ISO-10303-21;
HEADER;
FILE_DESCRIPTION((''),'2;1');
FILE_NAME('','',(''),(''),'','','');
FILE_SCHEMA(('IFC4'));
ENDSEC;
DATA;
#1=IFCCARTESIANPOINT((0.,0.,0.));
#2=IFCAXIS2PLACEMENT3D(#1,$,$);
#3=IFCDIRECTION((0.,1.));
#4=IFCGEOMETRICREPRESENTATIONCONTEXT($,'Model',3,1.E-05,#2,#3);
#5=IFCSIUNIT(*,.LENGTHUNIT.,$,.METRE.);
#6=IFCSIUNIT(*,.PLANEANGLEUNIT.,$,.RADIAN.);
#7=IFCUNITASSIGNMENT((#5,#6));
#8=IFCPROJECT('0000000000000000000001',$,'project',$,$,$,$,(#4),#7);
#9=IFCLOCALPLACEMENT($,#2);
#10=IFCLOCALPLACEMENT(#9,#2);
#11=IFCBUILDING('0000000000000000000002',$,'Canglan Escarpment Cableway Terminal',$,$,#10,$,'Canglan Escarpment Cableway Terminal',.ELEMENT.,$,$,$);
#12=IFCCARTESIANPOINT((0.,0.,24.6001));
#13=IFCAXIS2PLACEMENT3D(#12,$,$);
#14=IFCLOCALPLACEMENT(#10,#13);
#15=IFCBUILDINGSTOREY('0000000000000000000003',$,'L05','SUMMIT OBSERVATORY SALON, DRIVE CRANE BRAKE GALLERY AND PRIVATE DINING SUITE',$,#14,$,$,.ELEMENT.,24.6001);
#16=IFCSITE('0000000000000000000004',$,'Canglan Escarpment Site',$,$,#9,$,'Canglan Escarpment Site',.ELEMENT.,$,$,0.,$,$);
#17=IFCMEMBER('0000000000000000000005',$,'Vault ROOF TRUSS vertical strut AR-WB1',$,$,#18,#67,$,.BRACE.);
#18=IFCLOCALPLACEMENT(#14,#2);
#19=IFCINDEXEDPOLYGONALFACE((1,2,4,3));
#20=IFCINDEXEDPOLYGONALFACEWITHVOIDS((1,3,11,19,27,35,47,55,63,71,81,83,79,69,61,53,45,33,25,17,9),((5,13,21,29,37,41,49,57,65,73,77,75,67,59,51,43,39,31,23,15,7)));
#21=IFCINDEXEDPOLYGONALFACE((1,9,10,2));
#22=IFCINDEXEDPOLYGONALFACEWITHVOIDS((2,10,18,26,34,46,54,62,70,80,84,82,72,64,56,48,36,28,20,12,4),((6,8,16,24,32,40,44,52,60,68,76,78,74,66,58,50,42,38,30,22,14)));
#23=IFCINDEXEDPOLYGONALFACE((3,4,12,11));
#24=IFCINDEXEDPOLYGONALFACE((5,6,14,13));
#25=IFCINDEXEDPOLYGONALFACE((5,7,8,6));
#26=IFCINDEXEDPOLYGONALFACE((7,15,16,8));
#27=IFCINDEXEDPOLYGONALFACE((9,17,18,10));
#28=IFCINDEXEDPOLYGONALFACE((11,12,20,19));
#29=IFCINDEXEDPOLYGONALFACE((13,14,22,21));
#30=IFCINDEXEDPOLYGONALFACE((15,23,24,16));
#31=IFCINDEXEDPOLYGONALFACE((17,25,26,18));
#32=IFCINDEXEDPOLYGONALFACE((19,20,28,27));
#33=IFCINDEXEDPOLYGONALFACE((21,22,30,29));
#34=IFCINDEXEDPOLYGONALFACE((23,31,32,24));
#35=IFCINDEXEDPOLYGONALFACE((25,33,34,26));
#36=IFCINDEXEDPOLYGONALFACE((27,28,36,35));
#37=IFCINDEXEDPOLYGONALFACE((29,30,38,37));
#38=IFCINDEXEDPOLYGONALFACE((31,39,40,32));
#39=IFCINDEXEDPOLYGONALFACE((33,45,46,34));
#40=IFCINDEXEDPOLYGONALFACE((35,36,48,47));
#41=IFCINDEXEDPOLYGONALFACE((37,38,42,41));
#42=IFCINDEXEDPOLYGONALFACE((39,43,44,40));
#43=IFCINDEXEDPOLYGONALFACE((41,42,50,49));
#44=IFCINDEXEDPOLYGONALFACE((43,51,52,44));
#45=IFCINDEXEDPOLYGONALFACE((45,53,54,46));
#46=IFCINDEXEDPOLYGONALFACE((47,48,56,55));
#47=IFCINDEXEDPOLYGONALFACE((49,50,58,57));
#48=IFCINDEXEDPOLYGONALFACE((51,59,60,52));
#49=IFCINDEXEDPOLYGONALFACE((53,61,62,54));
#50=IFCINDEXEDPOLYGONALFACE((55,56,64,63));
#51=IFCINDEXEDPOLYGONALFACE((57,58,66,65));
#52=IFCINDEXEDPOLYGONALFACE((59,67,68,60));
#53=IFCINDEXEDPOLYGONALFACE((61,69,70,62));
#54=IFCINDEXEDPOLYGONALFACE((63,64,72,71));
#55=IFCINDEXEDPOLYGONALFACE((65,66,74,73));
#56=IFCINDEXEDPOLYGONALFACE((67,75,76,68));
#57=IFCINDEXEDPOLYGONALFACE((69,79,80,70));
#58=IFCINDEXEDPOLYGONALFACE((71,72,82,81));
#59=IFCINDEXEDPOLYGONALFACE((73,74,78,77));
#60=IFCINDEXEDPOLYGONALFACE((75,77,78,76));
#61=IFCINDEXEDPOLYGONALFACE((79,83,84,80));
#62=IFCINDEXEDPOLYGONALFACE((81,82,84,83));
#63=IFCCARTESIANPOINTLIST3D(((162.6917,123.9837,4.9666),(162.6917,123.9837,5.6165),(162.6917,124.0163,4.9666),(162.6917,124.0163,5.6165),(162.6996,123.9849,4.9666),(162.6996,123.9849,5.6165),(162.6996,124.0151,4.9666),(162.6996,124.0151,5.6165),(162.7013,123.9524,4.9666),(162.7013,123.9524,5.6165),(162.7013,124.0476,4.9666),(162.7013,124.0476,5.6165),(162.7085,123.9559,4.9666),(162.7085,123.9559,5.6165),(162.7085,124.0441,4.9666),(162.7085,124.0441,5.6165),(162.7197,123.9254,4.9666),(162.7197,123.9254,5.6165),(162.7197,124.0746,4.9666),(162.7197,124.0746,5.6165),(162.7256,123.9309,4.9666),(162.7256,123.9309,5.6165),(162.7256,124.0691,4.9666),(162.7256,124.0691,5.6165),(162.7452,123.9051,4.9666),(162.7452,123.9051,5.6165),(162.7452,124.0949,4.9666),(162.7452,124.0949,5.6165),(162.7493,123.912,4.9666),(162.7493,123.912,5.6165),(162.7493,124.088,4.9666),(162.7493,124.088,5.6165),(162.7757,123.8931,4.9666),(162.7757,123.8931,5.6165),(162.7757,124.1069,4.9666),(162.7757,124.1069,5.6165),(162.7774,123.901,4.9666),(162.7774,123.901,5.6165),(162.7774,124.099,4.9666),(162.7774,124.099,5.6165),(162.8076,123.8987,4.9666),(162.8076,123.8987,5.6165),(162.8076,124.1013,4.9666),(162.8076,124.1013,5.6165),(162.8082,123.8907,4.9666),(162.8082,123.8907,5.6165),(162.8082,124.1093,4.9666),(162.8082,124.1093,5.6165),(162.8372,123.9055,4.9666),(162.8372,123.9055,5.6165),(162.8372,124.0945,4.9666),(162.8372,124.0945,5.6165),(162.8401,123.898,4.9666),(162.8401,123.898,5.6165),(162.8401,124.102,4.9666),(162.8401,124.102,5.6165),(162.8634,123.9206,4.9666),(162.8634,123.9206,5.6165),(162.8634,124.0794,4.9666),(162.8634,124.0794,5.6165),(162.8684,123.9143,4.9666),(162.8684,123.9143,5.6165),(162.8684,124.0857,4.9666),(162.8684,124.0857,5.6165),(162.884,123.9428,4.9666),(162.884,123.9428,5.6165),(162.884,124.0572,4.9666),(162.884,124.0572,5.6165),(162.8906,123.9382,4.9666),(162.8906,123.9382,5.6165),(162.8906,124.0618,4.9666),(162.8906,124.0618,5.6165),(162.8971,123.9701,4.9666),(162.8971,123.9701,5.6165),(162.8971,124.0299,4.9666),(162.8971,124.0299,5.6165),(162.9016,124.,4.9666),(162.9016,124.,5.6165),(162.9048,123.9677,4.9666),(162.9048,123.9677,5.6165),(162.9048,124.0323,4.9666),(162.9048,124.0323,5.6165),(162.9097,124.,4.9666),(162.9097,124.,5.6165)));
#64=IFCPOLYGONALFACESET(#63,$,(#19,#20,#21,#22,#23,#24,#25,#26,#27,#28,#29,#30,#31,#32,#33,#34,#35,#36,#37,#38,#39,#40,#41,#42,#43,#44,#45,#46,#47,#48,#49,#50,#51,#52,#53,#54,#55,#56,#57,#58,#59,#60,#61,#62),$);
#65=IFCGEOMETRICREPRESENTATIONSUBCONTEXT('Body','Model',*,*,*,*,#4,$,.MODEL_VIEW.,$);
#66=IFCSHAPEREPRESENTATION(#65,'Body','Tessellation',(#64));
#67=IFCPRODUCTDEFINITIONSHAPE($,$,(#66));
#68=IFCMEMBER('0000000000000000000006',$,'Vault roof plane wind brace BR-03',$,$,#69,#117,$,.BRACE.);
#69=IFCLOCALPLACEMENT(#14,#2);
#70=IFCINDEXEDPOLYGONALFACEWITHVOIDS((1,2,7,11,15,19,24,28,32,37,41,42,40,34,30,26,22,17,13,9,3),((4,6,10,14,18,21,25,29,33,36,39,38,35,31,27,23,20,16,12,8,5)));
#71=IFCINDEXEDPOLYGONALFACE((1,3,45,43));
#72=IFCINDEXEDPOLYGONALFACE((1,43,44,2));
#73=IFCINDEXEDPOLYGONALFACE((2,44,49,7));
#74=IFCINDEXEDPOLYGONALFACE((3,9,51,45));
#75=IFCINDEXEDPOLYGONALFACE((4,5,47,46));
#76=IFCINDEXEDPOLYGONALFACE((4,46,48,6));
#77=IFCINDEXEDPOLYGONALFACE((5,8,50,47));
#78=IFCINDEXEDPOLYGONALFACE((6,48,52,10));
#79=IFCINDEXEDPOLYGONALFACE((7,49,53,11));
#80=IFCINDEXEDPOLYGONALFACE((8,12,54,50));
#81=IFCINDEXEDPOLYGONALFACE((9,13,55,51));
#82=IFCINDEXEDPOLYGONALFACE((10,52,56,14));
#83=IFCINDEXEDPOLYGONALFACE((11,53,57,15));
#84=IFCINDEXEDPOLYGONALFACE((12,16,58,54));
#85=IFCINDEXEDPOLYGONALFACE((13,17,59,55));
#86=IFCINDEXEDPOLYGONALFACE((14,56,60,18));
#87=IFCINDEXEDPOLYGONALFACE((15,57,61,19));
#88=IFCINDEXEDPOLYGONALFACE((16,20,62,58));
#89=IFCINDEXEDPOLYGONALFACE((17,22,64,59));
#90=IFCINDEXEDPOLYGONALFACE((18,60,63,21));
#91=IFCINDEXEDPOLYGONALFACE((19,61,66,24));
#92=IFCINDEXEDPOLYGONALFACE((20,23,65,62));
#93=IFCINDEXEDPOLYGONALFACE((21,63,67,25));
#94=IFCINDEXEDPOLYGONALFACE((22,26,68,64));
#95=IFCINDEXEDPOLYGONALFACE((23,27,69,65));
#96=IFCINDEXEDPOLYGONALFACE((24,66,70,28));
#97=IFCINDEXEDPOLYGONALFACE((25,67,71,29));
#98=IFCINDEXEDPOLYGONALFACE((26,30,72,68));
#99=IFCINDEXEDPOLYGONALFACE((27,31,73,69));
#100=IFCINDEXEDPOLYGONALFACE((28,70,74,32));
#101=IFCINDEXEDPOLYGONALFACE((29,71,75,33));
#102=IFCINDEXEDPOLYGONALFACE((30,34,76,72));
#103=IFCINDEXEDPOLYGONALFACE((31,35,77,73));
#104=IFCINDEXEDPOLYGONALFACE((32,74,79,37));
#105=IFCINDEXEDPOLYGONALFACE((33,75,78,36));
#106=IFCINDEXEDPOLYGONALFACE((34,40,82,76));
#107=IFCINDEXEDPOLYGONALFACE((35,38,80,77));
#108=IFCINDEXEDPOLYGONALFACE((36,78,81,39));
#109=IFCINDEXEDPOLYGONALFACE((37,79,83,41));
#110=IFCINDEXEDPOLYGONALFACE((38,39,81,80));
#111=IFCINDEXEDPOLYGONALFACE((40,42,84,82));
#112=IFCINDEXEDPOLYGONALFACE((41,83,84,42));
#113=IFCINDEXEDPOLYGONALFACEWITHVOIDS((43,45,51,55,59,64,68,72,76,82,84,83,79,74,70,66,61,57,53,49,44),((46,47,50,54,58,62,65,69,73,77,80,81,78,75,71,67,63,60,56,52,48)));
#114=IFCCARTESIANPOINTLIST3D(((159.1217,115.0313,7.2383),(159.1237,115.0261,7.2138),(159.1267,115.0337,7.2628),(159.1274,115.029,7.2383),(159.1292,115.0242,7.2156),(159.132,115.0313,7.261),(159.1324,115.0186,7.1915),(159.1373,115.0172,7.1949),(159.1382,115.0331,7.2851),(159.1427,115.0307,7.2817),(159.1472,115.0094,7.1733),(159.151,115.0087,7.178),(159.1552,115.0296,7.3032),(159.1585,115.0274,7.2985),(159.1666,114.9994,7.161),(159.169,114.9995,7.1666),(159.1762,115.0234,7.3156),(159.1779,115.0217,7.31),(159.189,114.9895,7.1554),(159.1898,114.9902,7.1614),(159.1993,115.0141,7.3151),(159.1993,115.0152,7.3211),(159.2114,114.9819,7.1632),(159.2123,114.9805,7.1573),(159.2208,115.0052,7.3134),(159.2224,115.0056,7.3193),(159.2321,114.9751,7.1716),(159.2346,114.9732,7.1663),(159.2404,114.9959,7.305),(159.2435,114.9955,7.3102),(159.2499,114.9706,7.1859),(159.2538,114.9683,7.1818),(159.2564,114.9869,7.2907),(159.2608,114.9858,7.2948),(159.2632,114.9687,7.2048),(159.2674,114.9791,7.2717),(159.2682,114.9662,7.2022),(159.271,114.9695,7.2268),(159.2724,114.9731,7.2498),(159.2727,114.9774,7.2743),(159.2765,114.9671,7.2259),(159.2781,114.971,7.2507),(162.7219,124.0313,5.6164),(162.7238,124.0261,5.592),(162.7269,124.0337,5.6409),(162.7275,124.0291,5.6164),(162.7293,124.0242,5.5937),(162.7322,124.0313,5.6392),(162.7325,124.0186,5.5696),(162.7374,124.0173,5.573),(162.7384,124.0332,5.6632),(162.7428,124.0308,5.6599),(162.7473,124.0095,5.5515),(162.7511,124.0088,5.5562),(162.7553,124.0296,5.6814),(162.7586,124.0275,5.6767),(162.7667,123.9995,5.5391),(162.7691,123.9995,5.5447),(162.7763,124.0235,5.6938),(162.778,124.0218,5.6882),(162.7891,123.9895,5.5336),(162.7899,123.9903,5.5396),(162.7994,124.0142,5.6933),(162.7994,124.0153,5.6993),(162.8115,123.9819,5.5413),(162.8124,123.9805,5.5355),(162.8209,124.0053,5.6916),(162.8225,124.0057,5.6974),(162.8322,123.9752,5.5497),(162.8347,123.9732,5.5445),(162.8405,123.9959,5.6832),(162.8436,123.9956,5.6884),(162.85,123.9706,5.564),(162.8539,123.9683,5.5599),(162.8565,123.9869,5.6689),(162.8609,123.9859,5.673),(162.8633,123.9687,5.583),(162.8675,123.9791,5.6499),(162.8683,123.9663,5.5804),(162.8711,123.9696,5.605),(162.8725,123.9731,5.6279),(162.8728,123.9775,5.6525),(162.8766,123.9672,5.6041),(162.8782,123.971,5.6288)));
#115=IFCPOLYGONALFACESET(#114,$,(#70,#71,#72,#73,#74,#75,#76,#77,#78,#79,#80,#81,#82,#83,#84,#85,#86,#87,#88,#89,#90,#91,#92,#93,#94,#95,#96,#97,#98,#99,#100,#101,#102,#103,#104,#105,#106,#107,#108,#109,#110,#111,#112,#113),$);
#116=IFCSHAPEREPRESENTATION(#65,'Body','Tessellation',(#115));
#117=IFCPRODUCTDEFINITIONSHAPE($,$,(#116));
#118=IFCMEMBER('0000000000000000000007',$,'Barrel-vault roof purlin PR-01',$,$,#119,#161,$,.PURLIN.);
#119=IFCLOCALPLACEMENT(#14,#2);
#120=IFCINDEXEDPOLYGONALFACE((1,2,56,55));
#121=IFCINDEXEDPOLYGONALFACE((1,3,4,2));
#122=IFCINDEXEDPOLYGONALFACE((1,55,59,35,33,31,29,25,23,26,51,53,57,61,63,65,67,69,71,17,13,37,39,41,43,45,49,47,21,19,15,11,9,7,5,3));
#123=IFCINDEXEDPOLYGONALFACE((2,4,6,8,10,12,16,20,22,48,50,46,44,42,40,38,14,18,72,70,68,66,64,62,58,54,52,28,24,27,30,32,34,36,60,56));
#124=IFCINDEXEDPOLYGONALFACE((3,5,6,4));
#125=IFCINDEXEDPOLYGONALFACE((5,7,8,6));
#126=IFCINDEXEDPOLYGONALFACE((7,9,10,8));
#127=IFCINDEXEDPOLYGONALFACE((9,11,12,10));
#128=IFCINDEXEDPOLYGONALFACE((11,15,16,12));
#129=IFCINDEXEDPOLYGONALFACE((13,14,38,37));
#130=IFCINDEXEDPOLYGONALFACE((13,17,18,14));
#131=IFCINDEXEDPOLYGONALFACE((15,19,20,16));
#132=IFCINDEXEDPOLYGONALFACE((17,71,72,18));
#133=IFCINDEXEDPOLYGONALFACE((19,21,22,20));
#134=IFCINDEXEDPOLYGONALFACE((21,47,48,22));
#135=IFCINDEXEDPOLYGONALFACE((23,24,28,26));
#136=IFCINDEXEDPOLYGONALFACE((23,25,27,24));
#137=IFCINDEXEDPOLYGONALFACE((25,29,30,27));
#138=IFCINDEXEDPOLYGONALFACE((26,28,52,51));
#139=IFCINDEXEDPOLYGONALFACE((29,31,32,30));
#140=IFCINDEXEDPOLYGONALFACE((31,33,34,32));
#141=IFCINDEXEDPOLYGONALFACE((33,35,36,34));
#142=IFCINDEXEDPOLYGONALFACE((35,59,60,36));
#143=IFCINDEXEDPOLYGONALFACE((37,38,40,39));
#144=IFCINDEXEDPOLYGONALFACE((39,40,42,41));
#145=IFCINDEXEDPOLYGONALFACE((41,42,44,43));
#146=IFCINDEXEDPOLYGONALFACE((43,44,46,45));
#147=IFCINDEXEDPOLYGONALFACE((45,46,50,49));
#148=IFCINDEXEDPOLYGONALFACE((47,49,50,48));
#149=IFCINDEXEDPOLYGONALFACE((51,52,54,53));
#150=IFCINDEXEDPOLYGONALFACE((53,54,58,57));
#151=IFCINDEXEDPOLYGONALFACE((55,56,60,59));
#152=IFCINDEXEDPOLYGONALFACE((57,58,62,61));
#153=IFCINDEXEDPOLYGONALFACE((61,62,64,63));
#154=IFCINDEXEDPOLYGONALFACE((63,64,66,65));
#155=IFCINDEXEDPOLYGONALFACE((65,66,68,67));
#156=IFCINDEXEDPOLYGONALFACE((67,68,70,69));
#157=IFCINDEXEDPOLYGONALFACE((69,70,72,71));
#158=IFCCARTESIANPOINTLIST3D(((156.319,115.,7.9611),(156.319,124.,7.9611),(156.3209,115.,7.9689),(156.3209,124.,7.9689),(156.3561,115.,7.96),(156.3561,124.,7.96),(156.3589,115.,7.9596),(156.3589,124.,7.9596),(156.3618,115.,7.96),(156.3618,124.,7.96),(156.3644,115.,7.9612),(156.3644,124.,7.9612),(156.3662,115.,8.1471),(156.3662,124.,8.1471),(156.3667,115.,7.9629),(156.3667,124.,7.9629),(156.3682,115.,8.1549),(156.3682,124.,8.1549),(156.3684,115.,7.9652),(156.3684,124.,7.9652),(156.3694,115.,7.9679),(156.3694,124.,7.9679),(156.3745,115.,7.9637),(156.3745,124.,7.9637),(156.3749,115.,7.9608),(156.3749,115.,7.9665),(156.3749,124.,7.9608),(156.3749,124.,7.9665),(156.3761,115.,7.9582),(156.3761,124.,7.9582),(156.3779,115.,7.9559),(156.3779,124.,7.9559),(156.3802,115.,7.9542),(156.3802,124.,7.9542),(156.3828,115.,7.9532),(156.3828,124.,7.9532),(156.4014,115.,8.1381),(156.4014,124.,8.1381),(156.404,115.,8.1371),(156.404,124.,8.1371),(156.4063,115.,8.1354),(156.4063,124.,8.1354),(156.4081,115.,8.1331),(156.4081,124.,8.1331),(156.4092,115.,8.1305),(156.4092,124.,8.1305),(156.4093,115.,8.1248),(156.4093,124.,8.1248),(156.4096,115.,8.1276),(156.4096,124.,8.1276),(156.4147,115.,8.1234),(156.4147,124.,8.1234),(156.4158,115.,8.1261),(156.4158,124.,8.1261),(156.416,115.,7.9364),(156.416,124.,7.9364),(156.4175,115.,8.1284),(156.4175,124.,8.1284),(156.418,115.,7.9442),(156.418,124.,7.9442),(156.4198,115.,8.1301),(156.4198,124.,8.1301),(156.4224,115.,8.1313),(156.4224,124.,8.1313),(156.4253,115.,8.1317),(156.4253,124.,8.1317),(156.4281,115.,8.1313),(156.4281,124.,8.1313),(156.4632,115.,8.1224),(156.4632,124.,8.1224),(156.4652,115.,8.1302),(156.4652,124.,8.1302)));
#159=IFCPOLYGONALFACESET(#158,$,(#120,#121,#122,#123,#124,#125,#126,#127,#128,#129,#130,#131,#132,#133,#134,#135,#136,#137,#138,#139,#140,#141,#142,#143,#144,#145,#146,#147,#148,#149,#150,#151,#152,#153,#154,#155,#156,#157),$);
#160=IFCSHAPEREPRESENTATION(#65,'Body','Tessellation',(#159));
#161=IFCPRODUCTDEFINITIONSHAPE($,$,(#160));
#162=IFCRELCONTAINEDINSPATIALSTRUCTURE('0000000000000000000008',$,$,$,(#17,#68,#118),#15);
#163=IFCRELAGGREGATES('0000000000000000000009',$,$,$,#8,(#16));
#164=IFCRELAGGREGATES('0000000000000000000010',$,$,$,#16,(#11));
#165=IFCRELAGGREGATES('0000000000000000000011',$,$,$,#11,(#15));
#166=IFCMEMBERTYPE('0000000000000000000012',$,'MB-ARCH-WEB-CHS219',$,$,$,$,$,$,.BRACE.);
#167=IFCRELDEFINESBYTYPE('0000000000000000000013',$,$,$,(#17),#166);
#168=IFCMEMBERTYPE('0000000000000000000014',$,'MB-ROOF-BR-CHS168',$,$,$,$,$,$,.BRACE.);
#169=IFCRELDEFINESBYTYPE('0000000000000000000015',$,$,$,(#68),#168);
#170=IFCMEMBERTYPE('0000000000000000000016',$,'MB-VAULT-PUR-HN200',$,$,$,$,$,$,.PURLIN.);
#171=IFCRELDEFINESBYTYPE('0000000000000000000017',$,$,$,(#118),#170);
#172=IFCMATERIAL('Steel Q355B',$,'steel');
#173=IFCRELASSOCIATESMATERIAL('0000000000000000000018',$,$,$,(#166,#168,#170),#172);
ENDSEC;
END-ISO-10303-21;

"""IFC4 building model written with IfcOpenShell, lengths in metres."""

from ifc_helpers import new_model, si_unit, direction, frame, origin, origin_2d, place, context, subcontext, project, spatial, hollow_circle, i_section, extrude, material, material_profile, profile_set, type_object, element, save


model = new_model("IFC4")

# Units and contexts
model_context = context("Model", 3, precision=1e-05, world=origin(), true_north=direction((0.0, 1.0)))
body_context = subcontext(model_context, "Body", "Model", "MODEL_VIEW")
ifc_project = project(units=[si_unit("LENGTHUNIT", "METRE"), si_unit("PLANEANGLEUNIT", "RADIAN")], contexts=[model_context])

# Site, building, storey
site_placement = place(None, origin())
site = spatial("IfcSite", under=ifc_project, at=site_placement, Name="Canglan Escarpment Site", LongName="Canglan Escarpment Site", CompositionType="ELEMENT", RefElevation=0.0)
building_placement = place(site_placement, origin())
building = spatial("IfcBuilding", under=site, at=building_placement, Name="Canglan Escarpment Cableway Terminal", LongName="Canglan Escarpment Cableway Terminal", CompositionType="ELEMENT")
storey_placement = place(building_placement, frame((0.0, 0.0, 24.6001)))
storey = spatial("IfcBuildingStorey", under=building, at=storey_placement, Name="L05", Description="SUMMIT OBSERVATORY SALON, DRIVE CRANE BRAKE GALLERY AND PRIVATE DINING SUITE", CompositionType="ELEMENT", Elevation=24.6001)

# Shared definitions
ifc_material_1 = material(Name="Steel Q355B", Category="steel")

# Members
ifc_material_profile_1 = material_profile(ifc_material_1, hollow_circle(Radius=0.1096, WallThickness=0.0081, at=origin_2d()), Name="CHS 219.1x8")
ifc_profile_set_1 = profile_set([ifc_material_profile_1], Name="Steel Q355B")
member_type_1 = type_object("IfcMemberType", Name="MB-ARCH-WEB-CHS219", PredefinedType="BRACE", material=ifc_profile_set_1)
for number, where, z_axis, x_axis, name in (
    (1, (162.8, 124.0, 4.9666), (0.0, 0.0, 1.0), (1.0, 0.0, 0.0), "Vault ROOF TRUSS vertical strut AR-WB1"),
):
    element("IfcMember", number, at=place(storey_placement, frame(where, z_axis=z_axis, x_axis=x_axis)), inside=storey, type_object=member_type_1, Name=name, PredefinedType="BRACE", context=body_context, shape_type="SweptSolid", body=[
        extrude(hollow_circle(Radius=0.1096, WallThickness=0.0081, at=origin_2d()), origin(), (0.0, 0.0, 1.0), 0.6499),
    ])
ifc_material_profile_2 = material_profile(ifc_material_1, hollow_circle(Radius=0.0842, WallThickness=0.0061, at=origin_2d()), Name="CHS 168.3x6")
ifc_profile_set_2 = profile_set([ifc_material_profile_2], Name="Steel Q355B")
member_type_2 = type_object("IfcMemberType", Name="MB-ROOF-BR-CHS168", PredefinedType="BRACE", material=ifc_profile_set_2)
member_1_placement = place(storey_placement, frame((159.2, 115.0, 7.2383), z_axis=(0.366308, 0.915744, -0.16502), x_axis=(-0.928473, 0.371399, 0.0)))
element("IfcMember", 2, at=member_1_placement, inside=storey, type_object=member_type_2, Name="Vault roof plane wind brace BR-03", PredefinedType="BRACE", context=body_context, shape_type="SweptSolid", body=[
    extrude(hollow_circle(Radius=0.0842, WallThickness=0.0061, at=origin_2d()), origin(), (0.0, 0.0, 1.0), 9.8281),
])
ifc_material_profile_3 = material_profile(ifc_material_1, i_section(OverallWidth=0.1001, OverallDepth=0.2, WebThickness=0.0056, FlangeThickness=0.0081, FilletRadius=0.011, at=origin_2d()), Name="HN 200x100x5.5x8")
ifc_profile_set_3 = profile_set([ifc_material_profile_3], Name="Steel Q355B")
member_type_3 = type_object("IfcMemberType", Name="MB-VAULT-PUR-HN200", PredefinedType="PURLIN", material=ifc_profile_set_3)
for number, where, z_axis, x_axis, name in (
    (3, (156.3921, 115.0, 8.0457), (0.0, 1.0, 0.0), (-0.969184, 0.0, 0.246339), "Barrel-vault roof purlin PR-01"),
):
    element("IfcMember", number, at=place(storey_placement, frame(where, z_axis=z_axis, x_axis=x_axis)), inside=storey, type_object=member_type_3, Name=name, PredefinedType="PURLIN", context=body_context, shape_type="SweptSolid", body=[
        extrude(i_section(OverallWidth=0.1001, OverallDepth=0.2, WebThickness=0.0056, FlangeThickness=0.0081, FilletRadius=0.011, at=origin_2d()), origin(), (0.0, 0.0, 1.0), 9.0),
    ])

save(model, "model.ifc")
